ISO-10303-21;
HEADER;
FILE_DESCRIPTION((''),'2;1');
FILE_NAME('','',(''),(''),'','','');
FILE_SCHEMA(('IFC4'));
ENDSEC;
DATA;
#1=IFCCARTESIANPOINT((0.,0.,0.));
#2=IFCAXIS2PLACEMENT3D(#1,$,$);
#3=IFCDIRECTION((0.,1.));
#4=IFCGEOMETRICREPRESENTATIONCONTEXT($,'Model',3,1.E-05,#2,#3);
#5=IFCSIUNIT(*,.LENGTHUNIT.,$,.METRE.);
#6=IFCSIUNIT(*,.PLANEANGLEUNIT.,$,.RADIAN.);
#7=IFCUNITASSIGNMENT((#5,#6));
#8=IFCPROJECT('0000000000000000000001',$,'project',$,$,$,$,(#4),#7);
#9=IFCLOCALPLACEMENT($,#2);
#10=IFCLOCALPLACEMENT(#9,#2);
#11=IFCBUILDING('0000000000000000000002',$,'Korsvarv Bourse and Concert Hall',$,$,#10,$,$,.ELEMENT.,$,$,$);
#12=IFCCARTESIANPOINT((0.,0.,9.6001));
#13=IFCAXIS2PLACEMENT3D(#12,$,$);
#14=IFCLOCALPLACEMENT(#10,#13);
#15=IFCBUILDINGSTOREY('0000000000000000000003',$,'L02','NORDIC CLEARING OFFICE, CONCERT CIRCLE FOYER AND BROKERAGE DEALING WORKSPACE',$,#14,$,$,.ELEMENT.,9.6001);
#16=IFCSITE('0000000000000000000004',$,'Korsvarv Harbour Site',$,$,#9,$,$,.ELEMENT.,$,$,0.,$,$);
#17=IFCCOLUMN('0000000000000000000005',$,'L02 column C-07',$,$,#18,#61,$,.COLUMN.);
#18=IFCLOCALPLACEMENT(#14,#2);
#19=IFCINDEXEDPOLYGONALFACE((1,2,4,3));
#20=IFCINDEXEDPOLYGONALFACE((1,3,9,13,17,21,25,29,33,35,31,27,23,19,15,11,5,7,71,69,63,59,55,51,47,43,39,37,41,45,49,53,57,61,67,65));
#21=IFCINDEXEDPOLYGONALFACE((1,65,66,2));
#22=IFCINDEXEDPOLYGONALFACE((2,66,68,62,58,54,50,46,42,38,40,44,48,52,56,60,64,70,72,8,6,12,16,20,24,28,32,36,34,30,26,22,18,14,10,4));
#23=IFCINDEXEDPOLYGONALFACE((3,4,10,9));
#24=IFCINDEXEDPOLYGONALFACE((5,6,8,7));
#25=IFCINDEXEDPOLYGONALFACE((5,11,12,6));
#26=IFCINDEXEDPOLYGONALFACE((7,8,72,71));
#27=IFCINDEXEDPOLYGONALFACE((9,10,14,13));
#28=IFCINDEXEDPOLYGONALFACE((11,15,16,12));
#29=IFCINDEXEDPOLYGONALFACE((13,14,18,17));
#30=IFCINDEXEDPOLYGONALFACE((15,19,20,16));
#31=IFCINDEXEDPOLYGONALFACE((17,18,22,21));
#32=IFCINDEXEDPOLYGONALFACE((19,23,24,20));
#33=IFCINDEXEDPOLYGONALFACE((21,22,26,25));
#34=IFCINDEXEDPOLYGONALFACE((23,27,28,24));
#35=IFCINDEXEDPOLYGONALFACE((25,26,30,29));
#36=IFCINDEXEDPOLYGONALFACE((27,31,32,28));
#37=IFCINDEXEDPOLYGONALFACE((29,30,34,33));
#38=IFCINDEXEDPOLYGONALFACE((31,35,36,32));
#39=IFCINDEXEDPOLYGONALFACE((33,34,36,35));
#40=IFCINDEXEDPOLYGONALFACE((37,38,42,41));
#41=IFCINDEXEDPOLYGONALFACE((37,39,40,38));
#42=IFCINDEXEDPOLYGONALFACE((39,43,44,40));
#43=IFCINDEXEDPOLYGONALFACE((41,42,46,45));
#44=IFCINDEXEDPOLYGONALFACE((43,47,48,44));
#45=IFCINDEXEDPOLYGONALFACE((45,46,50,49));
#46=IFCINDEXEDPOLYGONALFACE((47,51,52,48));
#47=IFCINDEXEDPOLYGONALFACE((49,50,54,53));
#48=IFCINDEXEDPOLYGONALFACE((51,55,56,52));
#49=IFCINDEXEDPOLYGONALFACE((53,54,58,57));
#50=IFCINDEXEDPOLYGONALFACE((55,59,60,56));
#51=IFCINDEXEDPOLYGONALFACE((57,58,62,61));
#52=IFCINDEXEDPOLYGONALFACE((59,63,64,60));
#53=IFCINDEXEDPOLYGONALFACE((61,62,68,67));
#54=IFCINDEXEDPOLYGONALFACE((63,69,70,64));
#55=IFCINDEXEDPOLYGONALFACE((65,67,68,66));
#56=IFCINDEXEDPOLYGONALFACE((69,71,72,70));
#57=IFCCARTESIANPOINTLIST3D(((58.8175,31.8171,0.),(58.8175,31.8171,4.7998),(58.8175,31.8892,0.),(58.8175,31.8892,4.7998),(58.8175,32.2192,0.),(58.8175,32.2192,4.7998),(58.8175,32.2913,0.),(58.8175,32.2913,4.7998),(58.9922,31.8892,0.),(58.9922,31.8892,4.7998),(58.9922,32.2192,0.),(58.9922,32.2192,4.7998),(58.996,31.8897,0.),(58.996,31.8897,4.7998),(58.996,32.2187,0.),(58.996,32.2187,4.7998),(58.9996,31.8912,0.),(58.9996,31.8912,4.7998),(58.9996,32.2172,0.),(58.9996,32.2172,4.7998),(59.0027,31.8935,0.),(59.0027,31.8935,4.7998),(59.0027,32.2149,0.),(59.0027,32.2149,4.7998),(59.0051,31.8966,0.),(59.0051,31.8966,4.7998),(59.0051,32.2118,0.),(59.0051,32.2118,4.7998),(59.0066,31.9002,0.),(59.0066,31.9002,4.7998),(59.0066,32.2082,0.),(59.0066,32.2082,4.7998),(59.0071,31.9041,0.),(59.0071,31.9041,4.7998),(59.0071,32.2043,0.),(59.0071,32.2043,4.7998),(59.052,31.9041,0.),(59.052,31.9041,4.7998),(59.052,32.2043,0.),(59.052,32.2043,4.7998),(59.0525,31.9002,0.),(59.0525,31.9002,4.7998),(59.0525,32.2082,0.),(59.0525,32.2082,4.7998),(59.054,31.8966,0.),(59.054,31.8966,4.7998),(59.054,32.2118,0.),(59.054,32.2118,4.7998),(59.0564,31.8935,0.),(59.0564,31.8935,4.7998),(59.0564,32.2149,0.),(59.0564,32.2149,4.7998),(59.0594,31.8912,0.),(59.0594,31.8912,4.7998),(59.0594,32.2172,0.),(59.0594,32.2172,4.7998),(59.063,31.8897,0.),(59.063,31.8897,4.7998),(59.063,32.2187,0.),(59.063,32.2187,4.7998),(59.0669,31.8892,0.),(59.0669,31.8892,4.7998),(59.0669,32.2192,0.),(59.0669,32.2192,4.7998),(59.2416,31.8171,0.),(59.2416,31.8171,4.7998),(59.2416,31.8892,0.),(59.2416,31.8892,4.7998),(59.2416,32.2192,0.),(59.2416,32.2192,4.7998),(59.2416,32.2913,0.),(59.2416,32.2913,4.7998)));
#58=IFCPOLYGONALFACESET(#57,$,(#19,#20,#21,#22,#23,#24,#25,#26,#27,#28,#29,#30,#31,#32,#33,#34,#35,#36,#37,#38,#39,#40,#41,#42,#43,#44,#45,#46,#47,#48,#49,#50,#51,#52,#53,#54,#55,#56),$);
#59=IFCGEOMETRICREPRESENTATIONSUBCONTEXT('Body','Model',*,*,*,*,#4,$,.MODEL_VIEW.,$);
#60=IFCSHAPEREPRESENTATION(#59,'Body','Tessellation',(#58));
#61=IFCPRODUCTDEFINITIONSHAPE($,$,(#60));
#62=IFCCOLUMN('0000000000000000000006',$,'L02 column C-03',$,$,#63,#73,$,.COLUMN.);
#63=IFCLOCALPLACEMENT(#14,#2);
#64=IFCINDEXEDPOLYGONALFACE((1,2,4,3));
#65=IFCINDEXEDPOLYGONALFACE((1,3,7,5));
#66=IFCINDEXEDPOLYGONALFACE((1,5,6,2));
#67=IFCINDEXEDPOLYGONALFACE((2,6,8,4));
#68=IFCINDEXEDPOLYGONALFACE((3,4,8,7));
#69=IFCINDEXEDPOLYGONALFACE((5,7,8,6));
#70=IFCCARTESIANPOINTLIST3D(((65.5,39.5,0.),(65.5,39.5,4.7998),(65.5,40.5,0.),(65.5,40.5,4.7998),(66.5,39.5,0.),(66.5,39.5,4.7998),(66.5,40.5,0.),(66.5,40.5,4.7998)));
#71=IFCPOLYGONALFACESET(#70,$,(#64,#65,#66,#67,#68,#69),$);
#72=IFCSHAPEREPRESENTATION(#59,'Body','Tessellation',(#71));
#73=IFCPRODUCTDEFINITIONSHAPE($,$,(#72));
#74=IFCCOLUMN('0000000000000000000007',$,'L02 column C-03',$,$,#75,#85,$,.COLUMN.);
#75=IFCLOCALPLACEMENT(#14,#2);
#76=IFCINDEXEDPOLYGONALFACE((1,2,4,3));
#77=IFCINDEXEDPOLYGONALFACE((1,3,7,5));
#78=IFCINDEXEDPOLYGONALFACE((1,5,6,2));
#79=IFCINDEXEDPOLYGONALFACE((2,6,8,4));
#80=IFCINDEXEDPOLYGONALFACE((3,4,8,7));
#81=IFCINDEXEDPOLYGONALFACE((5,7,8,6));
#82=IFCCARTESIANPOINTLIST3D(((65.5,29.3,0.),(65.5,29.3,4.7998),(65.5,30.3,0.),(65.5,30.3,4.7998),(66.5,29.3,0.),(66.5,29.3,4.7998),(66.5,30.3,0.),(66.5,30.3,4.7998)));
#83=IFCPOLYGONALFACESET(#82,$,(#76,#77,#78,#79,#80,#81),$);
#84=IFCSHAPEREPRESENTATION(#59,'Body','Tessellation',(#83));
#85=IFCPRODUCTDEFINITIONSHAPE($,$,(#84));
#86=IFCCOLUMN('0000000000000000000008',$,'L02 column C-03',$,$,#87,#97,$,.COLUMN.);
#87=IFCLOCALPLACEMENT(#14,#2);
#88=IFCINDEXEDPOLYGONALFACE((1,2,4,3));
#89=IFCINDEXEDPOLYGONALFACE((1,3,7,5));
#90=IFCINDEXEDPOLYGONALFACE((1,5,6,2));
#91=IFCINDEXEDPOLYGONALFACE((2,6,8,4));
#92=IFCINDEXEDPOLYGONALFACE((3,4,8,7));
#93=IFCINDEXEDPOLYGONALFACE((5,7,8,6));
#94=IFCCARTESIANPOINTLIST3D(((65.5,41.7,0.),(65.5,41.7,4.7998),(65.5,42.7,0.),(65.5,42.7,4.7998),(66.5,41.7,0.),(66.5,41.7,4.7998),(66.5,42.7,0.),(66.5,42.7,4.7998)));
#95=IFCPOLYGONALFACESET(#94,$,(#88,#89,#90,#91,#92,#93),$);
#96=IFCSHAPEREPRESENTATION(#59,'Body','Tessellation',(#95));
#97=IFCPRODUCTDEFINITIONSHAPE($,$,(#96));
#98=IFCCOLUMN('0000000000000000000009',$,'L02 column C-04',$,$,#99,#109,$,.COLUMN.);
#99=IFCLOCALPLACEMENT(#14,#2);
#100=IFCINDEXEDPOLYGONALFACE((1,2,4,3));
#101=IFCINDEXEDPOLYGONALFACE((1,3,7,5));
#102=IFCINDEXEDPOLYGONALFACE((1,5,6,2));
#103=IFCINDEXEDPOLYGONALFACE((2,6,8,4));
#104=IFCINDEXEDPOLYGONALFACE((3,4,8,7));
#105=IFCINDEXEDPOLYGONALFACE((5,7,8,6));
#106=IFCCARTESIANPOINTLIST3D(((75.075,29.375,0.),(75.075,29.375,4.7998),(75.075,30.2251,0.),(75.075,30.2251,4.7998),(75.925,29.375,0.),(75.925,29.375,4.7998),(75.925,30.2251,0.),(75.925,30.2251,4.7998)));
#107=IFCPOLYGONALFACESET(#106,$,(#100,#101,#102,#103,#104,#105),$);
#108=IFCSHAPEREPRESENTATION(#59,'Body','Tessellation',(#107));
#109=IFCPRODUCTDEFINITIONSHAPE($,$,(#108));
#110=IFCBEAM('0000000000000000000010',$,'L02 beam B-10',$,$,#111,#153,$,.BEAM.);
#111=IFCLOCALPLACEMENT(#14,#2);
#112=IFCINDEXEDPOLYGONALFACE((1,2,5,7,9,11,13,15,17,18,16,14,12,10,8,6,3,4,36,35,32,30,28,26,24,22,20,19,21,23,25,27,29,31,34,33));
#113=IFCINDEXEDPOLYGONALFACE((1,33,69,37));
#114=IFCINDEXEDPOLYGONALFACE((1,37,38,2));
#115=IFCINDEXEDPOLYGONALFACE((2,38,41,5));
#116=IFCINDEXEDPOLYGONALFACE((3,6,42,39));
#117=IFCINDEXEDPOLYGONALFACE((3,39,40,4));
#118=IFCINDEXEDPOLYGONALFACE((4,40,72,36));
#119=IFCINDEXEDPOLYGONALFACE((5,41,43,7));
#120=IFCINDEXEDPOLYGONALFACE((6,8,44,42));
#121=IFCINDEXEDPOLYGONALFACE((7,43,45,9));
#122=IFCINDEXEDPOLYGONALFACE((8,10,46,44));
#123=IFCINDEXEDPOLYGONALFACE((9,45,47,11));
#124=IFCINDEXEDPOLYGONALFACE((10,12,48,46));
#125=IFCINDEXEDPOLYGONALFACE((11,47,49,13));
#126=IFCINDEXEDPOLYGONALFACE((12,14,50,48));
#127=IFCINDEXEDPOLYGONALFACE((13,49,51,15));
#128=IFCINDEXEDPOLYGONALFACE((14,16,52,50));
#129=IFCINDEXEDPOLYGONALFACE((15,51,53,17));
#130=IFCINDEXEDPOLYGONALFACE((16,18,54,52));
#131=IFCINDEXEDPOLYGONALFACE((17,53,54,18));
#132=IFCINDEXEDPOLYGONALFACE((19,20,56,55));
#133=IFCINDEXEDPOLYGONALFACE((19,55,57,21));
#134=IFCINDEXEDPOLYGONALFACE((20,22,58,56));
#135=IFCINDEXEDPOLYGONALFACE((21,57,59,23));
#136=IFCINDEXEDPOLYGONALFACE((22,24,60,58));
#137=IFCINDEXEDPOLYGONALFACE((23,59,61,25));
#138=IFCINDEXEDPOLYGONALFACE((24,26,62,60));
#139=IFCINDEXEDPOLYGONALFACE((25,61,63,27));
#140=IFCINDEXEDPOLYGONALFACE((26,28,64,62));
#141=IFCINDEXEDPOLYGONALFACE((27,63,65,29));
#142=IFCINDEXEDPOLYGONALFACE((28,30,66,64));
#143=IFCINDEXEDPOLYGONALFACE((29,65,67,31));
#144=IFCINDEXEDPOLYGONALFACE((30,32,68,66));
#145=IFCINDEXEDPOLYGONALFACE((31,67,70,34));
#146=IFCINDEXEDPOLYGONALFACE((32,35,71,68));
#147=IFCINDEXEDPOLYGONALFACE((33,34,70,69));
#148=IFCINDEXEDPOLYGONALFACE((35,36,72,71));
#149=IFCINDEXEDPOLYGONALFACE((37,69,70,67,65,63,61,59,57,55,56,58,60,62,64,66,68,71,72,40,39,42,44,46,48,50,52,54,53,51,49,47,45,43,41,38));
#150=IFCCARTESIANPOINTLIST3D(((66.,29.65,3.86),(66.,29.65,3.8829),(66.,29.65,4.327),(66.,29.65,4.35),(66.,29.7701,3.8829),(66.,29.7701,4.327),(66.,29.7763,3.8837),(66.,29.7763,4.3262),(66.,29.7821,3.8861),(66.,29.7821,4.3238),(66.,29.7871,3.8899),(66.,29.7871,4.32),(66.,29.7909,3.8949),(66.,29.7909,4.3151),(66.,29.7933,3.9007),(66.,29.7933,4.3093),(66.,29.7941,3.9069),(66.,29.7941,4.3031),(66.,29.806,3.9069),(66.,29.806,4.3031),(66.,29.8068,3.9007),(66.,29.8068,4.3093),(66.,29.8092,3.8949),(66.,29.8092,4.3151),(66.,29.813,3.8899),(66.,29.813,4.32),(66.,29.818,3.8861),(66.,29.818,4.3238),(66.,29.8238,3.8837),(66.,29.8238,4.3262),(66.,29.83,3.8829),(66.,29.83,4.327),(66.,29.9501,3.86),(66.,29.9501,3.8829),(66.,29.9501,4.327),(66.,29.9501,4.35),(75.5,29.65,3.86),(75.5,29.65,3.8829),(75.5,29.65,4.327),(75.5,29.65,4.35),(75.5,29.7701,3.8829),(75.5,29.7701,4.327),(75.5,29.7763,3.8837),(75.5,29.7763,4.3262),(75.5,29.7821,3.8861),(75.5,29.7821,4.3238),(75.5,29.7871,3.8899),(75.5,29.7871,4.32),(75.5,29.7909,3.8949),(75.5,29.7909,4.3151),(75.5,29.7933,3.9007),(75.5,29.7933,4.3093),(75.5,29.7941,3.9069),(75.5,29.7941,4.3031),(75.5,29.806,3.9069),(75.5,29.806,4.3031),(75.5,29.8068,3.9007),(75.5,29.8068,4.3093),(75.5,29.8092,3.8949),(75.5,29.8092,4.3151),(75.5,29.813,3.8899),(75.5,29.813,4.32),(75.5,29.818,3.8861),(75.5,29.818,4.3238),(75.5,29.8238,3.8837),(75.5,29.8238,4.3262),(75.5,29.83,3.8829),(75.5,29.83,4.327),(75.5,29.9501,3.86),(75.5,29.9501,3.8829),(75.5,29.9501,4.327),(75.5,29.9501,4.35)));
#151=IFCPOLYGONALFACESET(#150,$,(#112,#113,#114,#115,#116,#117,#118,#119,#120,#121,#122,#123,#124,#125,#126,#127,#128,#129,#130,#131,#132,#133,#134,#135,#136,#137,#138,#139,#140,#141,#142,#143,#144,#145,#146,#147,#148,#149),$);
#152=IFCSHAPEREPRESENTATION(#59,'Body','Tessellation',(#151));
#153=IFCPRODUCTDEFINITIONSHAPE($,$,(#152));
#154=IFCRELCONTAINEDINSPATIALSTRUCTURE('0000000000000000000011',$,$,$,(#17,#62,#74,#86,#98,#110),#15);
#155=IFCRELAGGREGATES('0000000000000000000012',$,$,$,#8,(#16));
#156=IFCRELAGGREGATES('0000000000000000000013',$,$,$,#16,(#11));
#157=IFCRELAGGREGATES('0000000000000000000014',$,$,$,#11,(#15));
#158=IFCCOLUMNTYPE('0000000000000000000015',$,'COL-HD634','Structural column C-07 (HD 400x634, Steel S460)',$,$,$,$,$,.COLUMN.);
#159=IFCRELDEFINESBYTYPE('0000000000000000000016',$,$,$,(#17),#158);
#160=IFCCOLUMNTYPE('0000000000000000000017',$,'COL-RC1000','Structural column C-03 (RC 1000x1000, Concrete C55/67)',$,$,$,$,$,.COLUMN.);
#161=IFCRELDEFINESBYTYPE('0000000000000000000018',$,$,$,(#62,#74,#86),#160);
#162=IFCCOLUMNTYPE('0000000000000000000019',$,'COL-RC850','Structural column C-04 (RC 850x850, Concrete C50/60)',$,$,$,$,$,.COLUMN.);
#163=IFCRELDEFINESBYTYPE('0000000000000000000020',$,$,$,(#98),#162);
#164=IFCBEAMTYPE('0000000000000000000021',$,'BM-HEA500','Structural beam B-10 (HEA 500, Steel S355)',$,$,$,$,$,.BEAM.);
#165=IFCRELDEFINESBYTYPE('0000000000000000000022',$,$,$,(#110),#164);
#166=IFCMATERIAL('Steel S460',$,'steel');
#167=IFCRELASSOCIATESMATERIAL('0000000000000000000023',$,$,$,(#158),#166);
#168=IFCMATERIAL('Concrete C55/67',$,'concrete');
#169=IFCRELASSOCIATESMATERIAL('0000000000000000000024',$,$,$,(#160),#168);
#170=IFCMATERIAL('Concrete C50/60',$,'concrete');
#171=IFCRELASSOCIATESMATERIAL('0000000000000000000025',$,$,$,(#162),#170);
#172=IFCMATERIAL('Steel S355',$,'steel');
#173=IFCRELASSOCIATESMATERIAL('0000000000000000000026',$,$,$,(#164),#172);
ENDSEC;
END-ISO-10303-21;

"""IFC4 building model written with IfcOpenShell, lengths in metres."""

from ifc_helpers import new_model, si_unit, direction, frame, origin, origin_2d, place, context, subcontext, project, spatial, rectangle, i_section, extrude, source, transform, mapped, material, material_profile, profile_set, type_object, element, save


model = new_model("IFC4")

# Units and contexts
model_context = context("Model", 3, precision=1e-05, world=origin(), true_north=direction((0.0, 1.0)))
body_context = subcontext(model_context, "Body", "Model", "MODEL_VIEW")
ifc_project = project(units=[si_unit("LENGTHUNIT", "METRE"), si_unit("PLANEANGLEUNIT", "RADIAN")], contexts=[model_context])

# Site, building, storey
site_placement = place(None, origin())
site = spatial("IfcSite", under=ifc_project, at=site_placement, Name="Korsvarv Harbour Site", CompositionType="ELEMENT", RefElevation=0.0)
building_placement = place(site_placement, origin())
building = spatial("IfcBuilding", under=site, at=building_placement, Name="Korsvarv Bourse and Concert Hall", CompositionType="ELEMENT")
storey_placement = place(building_placement, frame((0.0, 0.0, 9.6001)))
storey = spatial("IfcBuildingStorey", under=building, at=storey_placement, Name="L02", Description="NORDIC CLEARING OFFICE, CONCERT CIRCLE FOYER AND BROKERAGE DEALING WORKSPACE", CompositionType="ELEMENT", Elevation=9.6001)

# Columns
ifc_material_1 = material(Name="Steel S460", Category="steel")
ifc_material_profile_1 = material_profile(ifc_material_1, i_section(OverallWidth=0.4241, OverallDepth=0.4741, WebThickness=0.0449, FlangeThickness=0.072, FilletRadius=0.0149, at=origin_2d()), Name="HD 400x634")
ifc_profile_set_1 = profile_set([ifc_material_profile_1], Name="Steel S460")
column_type_1 = type_object("IfcColumnType", Name="COL-HD634", Description="Structural column C-07 (HD 400x634, Steel S460)", PredefinedType="COLUMN", material=ifc_profile_set_1)
shared_shape_1 = source(origin(), body_context, "Body", "SweptSolid", [
    extrude(i_section(OverallWidth=0.4241, OverallDepth=0.4741, WebThickness=0.0449, FlangeThickness=0.072, FilletRadius=0.0149, at=origin_2d()), origin(), (0.0, 0.0, 1.0), 4.7998),
])
column_1_placement = place(storey_placement, frame((59.0295, 32.0542, 0.0), z_axis=(0.0, 0.0, 1.0), x_axis=(1.0, 0.0, 0.0)))
element("IfcColumn", 1, at=column_1_placement, inside=storey, type_object=column_type_1, Name="L02 column C-07", PredefinedType="COLUMN", context=body_context, shape_type="MappedRepresentation", body=[
    mapped(shared_shape_1, transform((0.0, 0.0, 0.0), scale=1.0)),
])
ifc_material_2 = material(Name="Concrete C55/67", Category="concrete")
ifc_material_profile_2 = material_profile(ifc_material_2, rectangle(XDim=1.0, YDim=1.0, at=origin_2d()), Name="RC 1000x1000")
ifc_profile_set_2 = profile_set([ifc_material_profile_2], Name="Concrete C55/67")
column_type_2 = type_object("IfcColumnType", Name="COL-RC1000", Description="Structural column C-03 (RC 1000x1000, Concrete C55/67)", PredefinedType="COLUMN", material=ifc_profile_set_2)
shared_shape_2 = source(origin(), body_context, "Body", "SweptSolid", [
    extrude(rectangle(XDim=1.0, YDim=1.0, at=origin_2d()), origin(), (0.0, 0.0, 1.0), 4.7998),
])
for number, where, z_axis, x_axis, name in (
    (2, (66.0, 40.0, 0.0), (0.0, 0.0, 1.0), (1.0, 0.0, 0.0), "L02 column C-03"),
    (3, (66.0, 29.8, 0.0), (0.0, 0.0, 1.0), (1.0, 0.0, 0.0), "L02 column C-03"),
    (4, (66.0, 42.2, 0.0), (0.0, 0.0, 1.0), (1.0, 0.0, 0.0), "L02 column C-03"),
):
    element("IfcColumn", number, at=place(storey_placement, frame(where, z_axis=z_axis, x_axis=x_axis)), inside=storey, type_object=column_type_2, Name=name, PredefinedType="COLUMN", context=body_context, shape_type="MappedRepresentation", body=[
        mapped(shared_shape_2, transform((0.0, 0.0, 0.0), scale=1.0)),
    ])
ifc_material_3 = material(Name="Concrete C50/60", Category="concrete")
ifc_material_profile_3 = material_profile(ifc_material_3, rectangle(XDim=0.8501, YDim=0.8501, at=origin_2d()), Name="RC 850x850")
ifc_profile_set_3 = profile_set([ifc_material_profile_3], Name="Concrete C50/60")
column_type_3 = type_object("IfcColumnType", Name="COL-RC850", Description="Structural column C-04 (RC 850x850, Concrete C50/60)", PredefinedType="COLUMN", material=ifc_profile_set_3)
shared_shape_3 = source(origin(), body_context, "Body", "SweptSolid", [
    extrude(rectangle(XDim=0.8501, YDim=0.8501, at=origin_2d()), origin(), (0.0, 0.0, 1.0), 4.7998),
])
column_2_placement = place(storey_placement, frame((75.5, 29.8, 0.0), z_axis=(0.0, 0.0, 1.0), x_axis=(1.0, 0.0, 0.0)))
element("IfcColumn", 5, at=column_2_placement, inside=storey, type_object=column_type_3, Name="L02 column C-04", PredefinedType="COLUMN", context=body_context, shape_type="MappedRepresentation", body=[
    mapped(shared_shape_3, transform((0.0, 0.0, 0.0), scale=1.0)),
])

# Beam
ifc_material_4 = material(Name="Steel S355", Category="steel")
ifc_material_profile_4 = material_profile(ifc_material_4, i_section(OverallWidth=0.3, OverallDepth=0.49, WebThickness=0.012, FlangeThickness=0.0229, FilletRadius=0.0239, at=origin_2d()), Name="HEA 500")
ifc_profile_set_4 = profile_set([ifc_material_profile_4], Name="Steel S355")
beam_type = type_object("IfcBeamType", Name="BM-HEA500", Description="Structural beam B-10 (HEA 500, Steel S355)", PredefinedType="BEAM", material=ifc_profile_set_4)
shared_shape_4 = source(origin(), body_context, "Body", "SweptSolid", [
    extrude(i_section(OverallWidth=0.3, OverallDepth=0.49, WebThickness=0.012, FlangeThickness=0.0229, FilletRadius=0.0239, at=origin_2d()), origin(), (0.0, 0.0, 1.0), 9.5),
])
for number, where, z_axis, x_axis, name in (
    (6, (66.0, 29.8, 4.105), (1.0, 0.0, 0.0), (0.0, 1.0, 0.0), "L02 beam B-10"),
):
    element("IfcBeam", number, at=place(storey_placement, frame(where, z_axis=z_axis, x_axis=x_axis)), inside=storey, type_object=beam_type, Name=name, PredefinedType="BEAM", context=body_context, shape_type="MappedRepresentation", body=[
        mapped(shared_shape_4, transform((0.0, 0.0, 0.0), scale=1.0)),
    ])

save(model, "model.ifc")
